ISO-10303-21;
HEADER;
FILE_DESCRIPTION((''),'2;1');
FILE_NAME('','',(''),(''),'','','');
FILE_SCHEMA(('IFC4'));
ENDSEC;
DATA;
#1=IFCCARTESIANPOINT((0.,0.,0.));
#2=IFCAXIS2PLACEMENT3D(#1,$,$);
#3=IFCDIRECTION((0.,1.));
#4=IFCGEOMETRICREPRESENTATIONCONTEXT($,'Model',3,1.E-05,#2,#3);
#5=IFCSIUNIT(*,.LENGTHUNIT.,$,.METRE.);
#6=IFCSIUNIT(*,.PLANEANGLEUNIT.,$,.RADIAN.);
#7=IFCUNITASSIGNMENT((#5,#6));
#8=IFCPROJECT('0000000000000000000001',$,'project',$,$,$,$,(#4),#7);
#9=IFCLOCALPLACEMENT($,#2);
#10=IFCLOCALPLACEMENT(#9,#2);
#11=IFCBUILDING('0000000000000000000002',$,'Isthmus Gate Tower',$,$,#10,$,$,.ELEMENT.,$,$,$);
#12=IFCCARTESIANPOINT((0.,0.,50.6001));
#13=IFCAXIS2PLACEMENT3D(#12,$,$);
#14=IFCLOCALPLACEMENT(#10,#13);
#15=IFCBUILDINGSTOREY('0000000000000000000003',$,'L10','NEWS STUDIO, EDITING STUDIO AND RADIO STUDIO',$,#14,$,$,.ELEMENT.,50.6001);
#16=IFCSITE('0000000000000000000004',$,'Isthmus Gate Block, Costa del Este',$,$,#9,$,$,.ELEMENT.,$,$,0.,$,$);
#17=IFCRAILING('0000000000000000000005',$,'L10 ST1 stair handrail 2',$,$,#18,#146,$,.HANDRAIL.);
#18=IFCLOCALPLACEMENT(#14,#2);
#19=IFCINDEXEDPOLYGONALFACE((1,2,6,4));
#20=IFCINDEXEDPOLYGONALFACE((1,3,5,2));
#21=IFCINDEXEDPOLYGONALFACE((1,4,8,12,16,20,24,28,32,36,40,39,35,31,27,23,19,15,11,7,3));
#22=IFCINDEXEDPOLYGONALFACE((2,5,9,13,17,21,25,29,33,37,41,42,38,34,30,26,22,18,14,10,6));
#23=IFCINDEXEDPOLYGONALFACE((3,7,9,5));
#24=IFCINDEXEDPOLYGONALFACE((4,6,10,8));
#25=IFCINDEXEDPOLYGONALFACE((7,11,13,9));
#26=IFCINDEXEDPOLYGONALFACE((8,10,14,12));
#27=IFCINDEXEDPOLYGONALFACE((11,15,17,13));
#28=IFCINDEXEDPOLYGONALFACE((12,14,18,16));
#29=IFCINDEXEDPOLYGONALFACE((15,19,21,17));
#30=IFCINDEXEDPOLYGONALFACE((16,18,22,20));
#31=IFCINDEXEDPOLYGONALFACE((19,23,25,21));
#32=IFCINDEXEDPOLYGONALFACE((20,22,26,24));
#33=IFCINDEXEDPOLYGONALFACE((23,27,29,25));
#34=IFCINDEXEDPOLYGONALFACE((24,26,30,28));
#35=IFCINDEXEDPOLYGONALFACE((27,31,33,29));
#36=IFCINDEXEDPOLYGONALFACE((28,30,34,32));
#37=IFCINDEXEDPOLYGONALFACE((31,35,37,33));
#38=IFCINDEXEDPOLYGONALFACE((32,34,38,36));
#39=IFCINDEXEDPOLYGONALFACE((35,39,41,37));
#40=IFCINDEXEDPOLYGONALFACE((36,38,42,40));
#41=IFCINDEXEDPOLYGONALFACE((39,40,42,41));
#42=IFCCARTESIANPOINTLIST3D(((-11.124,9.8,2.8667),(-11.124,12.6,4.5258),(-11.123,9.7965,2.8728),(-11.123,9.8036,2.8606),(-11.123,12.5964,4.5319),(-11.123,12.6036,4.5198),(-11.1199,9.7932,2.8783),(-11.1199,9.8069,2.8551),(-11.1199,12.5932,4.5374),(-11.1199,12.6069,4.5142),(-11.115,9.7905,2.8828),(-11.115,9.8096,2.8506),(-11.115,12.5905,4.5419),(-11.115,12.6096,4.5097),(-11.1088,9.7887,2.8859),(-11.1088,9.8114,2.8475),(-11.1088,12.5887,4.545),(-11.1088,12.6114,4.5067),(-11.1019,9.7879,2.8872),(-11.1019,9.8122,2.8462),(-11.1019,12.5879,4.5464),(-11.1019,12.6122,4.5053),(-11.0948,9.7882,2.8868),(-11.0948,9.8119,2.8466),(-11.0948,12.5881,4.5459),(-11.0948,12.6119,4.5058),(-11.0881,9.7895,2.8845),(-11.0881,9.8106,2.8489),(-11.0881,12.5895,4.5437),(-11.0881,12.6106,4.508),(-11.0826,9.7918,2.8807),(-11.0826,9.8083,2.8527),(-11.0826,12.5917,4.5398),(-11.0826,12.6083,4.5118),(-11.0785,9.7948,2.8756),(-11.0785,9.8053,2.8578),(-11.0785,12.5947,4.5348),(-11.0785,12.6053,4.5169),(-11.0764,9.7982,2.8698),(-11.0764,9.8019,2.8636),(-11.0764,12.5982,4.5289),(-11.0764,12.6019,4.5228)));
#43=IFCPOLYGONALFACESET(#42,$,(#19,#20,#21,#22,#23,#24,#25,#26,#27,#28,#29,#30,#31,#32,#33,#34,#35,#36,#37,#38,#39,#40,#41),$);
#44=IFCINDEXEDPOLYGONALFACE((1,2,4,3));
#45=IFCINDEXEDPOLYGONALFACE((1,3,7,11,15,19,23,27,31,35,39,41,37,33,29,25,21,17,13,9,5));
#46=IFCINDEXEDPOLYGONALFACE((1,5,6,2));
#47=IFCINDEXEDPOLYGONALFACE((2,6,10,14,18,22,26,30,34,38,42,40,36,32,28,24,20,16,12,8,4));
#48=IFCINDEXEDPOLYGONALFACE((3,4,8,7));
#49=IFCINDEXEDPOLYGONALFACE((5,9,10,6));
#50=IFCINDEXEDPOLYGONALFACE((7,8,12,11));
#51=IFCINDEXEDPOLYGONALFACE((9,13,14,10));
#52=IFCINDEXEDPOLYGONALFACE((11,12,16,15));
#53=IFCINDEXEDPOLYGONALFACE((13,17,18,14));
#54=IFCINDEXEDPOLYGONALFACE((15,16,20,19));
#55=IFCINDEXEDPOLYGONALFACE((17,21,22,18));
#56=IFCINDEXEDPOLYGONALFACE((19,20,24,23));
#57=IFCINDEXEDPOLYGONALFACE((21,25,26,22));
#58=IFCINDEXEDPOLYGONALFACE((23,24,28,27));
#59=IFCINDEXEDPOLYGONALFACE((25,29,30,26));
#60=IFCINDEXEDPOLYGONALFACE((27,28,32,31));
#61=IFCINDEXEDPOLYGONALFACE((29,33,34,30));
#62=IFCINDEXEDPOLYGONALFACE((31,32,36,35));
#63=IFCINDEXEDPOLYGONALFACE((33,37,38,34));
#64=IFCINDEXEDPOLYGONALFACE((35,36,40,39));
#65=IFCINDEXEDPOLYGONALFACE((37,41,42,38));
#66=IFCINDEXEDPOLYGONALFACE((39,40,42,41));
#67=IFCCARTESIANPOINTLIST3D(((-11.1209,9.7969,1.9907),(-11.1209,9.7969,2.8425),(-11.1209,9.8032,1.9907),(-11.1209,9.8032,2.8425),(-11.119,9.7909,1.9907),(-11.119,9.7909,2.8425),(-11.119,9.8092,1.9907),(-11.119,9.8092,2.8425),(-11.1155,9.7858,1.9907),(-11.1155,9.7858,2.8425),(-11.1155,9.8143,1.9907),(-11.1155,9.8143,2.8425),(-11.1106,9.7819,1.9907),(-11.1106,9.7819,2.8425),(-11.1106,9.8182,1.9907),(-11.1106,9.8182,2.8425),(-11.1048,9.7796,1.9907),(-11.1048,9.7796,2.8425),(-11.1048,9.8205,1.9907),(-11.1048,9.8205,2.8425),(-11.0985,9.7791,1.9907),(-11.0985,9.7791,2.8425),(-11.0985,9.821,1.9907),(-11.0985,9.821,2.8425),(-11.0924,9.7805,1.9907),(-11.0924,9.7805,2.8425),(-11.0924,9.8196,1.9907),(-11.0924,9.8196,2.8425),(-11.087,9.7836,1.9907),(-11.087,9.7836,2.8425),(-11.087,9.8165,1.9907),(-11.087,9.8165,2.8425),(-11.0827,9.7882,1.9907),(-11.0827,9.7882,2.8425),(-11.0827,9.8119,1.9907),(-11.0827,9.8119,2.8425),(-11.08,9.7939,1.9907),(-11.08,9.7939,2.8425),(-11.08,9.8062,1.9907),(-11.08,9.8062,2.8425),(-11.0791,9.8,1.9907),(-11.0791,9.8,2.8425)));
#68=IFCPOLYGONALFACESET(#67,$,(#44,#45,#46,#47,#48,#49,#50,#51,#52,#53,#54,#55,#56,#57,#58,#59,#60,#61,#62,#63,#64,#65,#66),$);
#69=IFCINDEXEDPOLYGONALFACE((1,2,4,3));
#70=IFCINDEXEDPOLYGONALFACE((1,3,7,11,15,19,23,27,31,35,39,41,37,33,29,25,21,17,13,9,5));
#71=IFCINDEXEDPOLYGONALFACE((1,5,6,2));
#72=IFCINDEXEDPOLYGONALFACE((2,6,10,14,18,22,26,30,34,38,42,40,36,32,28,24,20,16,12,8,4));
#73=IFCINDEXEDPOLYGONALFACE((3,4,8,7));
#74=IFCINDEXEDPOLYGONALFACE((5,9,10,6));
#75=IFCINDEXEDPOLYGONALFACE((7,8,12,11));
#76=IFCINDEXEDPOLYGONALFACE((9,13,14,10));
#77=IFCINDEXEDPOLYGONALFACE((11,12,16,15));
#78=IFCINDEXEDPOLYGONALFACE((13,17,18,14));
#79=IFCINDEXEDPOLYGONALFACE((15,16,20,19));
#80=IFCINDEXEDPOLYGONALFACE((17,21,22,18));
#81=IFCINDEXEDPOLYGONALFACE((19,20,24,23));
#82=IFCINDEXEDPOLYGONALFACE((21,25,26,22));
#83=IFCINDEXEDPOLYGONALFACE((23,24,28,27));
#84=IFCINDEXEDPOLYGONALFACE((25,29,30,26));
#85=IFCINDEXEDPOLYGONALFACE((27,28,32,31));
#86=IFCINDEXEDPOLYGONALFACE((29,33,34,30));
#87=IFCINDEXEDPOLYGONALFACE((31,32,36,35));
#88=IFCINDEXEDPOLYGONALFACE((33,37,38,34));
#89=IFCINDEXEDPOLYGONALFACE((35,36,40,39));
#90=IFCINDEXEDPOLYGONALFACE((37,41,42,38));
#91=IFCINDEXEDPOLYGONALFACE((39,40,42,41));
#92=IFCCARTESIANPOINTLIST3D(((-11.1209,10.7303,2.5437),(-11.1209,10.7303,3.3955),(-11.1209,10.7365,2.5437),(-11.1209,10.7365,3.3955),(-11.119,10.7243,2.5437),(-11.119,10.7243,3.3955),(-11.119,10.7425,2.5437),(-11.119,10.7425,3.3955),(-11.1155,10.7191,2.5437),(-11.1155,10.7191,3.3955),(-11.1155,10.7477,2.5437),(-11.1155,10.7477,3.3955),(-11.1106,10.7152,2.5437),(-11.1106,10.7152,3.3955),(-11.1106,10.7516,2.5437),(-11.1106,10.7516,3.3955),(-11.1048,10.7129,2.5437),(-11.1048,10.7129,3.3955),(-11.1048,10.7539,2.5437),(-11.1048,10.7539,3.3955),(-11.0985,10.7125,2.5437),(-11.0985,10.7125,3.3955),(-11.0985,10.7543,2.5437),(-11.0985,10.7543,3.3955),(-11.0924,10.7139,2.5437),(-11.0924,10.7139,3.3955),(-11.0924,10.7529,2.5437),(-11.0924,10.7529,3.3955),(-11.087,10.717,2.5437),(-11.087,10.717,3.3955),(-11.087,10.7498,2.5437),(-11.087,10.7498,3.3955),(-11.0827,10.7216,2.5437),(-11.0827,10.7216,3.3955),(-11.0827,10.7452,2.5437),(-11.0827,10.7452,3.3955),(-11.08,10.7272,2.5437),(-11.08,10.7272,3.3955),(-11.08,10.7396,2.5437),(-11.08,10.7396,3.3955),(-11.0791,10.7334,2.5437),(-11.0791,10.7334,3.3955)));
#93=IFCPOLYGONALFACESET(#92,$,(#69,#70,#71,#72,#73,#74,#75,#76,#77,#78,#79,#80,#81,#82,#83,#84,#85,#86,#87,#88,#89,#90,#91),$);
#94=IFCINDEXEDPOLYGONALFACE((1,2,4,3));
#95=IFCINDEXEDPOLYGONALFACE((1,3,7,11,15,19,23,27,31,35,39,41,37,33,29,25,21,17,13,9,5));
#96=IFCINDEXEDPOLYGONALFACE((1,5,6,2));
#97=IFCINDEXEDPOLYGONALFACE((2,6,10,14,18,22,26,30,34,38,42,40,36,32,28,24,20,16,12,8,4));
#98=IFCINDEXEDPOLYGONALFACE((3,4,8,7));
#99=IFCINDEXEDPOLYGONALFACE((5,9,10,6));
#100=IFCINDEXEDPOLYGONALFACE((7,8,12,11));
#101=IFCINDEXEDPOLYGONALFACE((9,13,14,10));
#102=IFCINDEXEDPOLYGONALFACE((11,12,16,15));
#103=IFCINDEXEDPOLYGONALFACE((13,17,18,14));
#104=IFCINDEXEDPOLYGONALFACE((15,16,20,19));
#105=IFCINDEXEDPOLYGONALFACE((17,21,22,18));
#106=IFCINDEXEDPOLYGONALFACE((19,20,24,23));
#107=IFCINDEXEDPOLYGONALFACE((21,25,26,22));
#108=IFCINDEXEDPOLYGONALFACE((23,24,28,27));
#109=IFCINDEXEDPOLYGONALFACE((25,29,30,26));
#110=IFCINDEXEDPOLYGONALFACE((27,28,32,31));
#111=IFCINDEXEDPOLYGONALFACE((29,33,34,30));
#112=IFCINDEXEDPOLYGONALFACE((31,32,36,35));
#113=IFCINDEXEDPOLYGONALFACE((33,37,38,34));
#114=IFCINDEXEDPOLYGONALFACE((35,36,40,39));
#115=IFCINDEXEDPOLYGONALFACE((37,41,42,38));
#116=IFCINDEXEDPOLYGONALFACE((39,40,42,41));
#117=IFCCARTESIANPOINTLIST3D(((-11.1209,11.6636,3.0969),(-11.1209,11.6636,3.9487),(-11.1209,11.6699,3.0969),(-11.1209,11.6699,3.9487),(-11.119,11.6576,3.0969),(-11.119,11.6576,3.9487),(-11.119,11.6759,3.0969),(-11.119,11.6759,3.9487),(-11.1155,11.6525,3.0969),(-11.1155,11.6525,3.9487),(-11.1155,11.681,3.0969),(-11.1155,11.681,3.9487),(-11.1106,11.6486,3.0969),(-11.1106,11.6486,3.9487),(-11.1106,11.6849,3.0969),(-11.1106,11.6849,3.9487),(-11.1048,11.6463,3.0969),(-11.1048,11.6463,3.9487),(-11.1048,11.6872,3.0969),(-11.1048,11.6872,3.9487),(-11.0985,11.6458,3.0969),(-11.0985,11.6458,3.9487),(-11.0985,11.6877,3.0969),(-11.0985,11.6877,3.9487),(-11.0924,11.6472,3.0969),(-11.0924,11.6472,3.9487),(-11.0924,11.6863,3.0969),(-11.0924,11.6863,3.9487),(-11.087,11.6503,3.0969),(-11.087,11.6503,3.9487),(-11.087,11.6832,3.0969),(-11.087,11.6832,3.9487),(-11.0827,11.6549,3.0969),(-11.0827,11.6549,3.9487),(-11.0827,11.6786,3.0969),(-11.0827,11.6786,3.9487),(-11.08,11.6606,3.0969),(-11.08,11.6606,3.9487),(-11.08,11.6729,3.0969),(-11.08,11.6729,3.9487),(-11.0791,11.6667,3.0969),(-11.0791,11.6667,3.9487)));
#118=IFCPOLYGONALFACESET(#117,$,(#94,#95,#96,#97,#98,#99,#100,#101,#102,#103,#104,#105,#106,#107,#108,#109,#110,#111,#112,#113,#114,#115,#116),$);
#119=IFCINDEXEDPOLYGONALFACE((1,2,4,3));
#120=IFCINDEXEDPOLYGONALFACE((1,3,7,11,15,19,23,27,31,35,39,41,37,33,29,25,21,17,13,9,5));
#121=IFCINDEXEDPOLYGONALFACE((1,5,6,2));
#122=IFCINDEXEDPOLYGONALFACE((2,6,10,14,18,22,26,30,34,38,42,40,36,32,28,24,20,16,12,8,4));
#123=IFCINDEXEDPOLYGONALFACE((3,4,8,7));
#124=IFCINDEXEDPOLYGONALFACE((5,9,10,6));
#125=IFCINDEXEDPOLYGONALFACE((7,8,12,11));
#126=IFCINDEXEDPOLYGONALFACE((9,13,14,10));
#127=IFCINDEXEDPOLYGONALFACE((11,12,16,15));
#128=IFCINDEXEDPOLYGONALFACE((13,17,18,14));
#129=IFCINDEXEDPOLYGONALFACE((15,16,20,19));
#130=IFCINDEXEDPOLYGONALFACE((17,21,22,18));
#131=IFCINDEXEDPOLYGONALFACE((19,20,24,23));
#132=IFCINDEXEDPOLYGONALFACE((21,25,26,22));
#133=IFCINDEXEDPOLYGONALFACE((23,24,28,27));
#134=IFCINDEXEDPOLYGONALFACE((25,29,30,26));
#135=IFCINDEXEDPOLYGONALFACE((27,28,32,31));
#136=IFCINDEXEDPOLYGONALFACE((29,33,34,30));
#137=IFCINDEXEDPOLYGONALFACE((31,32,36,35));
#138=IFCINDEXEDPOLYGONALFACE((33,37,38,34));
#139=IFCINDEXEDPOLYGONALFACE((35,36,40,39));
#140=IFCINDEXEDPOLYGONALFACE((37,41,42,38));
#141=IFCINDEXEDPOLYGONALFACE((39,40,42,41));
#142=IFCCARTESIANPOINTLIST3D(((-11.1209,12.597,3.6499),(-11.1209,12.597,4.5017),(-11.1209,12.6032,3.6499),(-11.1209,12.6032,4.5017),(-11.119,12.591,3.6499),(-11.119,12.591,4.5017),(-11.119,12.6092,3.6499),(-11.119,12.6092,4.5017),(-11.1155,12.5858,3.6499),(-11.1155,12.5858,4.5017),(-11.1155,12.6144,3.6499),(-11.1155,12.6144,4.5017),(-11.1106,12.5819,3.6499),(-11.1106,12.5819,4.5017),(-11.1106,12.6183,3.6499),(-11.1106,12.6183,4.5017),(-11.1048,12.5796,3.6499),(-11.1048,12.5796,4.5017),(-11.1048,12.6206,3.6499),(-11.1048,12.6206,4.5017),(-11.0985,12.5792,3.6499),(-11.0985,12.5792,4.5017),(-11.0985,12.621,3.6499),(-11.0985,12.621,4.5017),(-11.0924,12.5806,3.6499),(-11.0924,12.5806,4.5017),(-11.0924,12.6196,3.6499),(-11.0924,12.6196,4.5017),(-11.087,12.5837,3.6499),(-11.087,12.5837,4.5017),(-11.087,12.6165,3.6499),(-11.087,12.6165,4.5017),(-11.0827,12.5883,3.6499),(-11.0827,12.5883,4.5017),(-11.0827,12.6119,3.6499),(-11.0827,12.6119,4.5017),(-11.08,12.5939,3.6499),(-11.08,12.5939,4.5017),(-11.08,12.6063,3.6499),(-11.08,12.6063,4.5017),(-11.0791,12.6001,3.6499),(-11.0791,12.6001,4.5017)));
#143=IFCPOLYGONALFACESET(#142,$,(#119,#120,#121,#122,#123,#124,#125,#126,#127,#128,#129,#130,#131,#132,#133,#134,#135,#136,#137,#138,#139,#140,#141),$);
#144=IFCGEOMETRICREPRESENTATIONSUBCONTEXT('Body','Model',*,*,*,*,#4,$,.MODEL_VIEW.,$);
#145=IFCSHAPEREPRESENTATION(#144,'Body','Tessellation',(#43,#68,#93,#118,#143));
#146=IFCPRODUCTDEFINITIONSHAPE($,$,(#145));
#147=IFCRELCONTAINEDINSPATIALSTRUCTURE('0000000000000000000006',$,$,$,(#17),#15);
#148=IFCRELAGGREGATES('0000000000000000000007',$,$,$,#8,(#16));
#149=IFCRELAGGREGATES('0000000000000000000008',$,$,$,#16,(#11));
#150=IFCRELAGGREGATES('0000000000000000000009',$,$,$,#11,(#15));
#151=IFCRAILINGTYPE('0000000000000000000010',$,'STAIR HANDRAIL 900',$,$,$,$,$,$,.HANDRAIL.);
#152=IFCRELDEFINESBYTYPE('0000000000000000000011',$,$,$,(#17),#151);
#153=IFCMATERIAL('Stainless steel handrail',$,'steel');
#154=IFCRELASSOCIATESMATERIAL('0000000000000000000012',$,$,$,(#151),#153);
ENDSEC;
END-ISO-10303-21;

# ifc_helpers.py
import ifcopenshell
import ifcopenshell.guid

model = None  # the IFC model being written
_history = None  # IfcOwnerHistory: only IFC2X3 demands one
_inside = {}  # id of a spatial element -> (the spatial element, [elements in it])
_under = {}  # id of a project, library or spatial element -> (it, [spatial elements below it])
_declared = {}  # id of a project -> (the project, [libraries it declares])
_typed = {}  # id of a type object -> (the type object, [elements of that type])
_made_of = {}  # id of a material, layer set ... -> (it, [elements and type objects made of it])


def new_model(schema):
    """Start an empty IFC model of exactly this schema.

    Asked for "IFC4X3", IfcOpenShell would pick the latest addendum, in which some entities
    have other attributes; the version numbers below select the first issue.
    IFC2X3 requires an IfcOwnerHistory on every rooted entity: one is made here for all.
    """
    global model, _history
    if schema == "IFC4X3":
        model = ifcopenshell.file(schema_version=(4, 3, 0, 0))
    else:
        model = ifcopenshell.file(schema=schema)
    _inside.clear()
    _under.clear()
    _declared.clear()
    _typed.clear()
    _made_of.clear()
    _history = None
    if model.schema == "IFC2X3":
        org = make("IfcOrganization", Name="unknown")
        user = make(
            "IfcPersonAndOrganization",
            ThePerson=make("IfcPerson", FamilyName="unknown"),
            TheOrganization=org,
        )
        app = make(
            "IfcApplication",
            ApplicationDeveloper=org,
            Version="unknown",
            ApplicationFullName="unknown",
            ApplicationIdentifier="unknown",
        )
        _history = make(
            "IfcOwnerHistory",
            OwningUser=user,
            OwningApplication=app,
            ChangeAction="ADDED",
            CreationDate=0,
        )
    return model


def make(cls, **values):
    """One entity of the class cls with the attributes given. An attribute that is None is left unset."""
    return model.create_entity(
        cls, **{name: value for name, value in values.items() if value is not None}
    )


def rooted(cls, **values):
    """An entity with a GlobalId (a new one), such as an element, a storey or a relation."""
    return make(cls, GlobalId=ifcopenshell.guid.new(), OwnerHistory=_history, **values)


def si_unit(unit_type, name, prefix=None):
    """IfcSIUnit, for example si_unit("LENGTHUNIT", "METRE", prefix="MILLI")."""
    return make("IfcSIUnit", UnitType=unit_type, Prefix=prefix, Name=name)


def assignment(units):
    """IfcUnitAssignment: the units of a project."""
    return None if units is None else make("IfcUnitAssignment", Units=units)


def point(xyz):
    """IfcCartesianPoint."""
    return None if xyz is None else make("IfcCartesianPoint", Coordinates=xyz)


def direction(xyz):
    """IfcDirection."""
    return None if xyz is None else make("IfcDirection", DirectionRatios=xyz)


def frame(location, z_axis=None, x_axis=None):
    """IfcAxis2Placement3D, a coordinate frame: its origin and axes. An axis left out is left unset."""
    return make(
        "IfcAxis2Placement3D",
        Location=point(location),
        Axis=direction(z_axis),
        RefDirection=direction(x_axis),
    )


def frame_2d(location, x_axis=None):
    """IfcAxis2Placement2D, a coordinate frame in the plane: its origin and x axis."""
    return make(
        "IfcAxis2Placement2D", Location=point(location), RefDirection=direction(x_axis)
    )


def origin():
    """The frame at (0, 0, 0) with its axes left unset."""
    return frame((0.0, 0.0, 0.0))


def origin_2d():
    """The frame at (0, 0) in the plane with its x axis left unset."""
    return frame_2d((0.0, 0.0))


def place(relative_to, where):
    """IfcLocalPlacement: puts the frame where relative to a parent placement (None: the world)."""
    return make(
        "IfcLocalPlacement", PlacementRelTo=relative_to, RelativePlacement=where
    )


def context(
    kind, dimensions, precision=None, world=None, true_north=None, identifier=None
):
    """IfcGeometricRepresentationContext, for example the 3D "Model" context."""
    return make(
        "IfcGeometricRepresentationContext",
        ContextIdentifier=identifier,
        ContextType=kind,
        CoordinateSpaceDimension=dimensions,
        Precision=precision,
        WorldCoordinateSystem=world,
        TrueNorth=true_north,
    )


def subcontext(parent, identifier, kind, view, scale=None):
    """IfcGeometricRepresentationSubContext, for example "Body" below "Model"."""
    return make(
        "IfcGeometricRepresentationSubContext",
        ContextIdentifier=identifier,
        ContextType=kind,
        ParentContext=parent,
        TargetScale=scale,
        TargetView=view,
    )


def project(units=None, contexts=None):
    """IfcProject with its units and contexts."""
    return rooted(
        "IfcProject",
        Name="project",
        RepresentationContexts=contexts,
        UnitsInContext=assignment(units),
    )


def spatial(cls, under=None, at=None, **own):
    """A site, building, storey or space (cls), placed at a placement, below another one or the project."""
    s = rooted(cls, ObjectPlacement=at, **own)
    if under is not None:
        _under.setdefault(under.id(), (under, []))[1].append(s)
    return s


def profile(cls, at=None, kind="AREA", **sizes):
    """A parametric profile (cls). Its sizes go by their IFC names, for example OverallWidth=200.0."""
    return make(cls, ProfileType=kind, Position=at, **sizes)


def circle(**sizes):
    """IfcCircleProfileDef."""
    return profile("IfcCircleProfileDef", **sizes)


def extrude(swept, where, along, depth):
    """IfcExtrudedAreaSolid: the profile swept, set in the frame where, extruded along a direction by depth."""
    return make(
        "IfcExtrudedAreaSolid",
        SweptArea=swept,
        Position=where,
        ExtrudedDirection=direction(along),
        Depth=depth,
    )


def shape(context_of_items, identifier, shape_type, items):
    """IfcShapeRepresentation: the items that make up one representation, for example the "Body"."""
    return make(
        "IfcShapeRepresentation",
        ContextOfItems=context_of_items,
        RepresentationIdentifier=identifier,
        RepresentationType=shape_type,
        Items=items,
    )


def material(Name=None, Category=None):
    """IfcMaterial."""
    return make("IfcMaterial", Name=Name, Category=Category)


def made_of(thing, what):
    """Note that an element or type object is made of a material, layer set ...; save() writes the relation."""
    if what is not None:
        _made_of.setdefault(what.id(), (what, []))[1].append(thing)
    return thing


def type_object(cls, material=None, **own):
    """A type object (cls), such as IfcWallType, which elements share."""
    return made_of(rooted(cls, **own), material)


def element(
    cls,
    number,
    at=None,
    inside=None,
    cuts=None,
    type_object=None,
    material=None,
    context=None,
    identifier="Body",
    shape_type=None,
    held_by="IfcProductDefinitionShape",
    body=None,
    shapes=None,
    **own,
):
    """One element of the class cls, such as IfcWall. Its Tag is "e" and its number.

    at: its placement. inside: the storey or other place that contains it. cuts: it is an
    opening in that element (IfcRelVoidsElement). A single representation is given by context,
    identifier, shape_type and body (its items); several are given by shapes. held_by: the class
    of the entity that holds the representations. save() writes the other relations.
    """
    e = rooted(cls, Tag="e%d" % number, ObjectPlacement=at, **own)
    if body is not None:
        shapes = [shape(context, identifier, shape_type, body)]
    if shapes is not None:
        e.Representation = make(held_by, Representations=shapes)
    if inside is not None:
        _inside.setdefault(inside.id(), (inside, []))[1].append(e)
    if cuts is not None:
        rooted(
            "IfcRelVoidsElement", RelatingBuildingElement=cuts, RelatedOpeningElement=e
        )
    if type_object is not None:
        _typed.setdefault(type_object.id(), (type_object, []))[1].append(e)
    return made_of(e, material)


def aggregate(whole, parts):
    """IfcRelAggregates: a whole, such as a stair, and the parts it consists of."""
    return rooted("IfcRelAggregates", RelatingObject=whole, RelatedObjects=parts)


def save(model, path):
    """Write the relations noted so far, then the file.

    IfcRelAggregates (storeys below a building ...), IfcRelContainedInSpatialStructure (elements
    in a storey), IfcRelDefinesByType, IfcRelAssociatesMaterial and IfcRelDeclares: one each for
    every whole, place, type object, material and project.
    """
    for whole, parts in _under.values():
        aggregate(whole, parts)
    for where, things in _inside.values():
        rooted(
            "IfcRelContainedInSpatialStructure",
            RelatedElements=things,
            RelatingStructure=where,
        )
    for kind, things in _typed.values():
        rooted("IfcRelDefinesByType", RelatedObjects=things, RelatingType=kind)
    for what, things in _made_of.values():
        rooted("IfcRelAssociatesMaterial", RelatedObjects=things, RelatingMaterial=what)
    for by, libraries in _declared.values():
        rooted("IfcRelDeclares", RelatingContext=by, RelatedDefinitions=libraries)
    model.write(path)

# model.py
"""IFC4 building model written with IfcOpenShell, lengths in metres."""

from ifc_helpers import new_model, si_unit, direction, frame, origin, origin_2d, place, context, subcontext, project, spatial, circle, extrude, material, type_object, element, save


model = new_model("IFC4")

# Units and contexts
model_context = context("Model", 3, precision=1e-05, world=origin(), true_north=direction((0.0, 1.0)))
body_context = subcontext(model_context, "Body", "Model", "MODEL_VIEW")
ifc_project = project(units=[si_unit("LENGTHUNIT", "METRE"), si_unit("PLANEANGLEUNIT", "RADIAN")], contexts=[model_context])

# Site, building, storey
site_placement = place(None, origin())
site = spatial("IfcSite", under=ifc_project, at=site_placement, Name="Isthmus Gate Block, Costa del Este", CompositionType="ELEMENT", RefElevation=0.0)
building_placement = place(site_placement, origin())
building = spatial("IfcBuilding", under=site, at=building_placement, Name="Isthmus Gate Tower", CompositionType="ELEMENT")
storey_placement = place(building_placement, frame((0.0, 0.0, 50.6001)))
storey = spatial("IfcBuildingStorey", under=building, at=storey_placement, Name="L10", Description="NEWS STUDIO, EDITING STUDIO AND RADIO STUDIO", CompositionType="ELEMENT", Elevation=50.6001)

# Railing
ifc_material_1 = material(Name="Stainless steel handrail", Category="steel")
railing_type_1 = type_object("IfcRailingType", Name="STAIR HANDRAIL 900", PredefinedType="HANDRAIL", material=ifc_material_1)
railing_1_placement = place(storey_placement, frame((-11.1001, 9.8, 1.9907)))
element("IfcRailing", 1, at=railing_1_placement, inside=storey, type_object=railing_type_1, Name="L10 ST1 stair handrail 2", PredefinedType="HANDRAIL", context=body_context, shape_type="SweptSolid", body=[
    extrude(circle(Radius=0.0239, at=origin_2d()), frame((0.0, 0.0, 0.876), z_axis=(0.0, 0.860306, 0.509778), x_axis=(-1.0, 0.0, 0.0)), (0.0, 0.0, 1.0), 3.2546),
    extrude(circle(Radius=0.021, at=origin_2d()), origin(), (0.0, 0.0, 1.0), 0.8518),
    extrude(circle(Radius=0.021, at=origin_2d()), frame((0.0, 0.9333, 0.553)), (0.0, 0.0, 1.0), 0.8518),
    extrude(circle(Radius=0.021, at=origin_2d()), frame((0.0, 1.8667, 1.1062)), (0.0, 0.0, 1.0), 0.8518),
    extrude(circle(Radius=0.021, at=origin_2d()), frame((0.0, 2.8, 1.6592)), (0.0, 0.0, 1.0), 0.8518),
])

save(model, "model.ifc")
